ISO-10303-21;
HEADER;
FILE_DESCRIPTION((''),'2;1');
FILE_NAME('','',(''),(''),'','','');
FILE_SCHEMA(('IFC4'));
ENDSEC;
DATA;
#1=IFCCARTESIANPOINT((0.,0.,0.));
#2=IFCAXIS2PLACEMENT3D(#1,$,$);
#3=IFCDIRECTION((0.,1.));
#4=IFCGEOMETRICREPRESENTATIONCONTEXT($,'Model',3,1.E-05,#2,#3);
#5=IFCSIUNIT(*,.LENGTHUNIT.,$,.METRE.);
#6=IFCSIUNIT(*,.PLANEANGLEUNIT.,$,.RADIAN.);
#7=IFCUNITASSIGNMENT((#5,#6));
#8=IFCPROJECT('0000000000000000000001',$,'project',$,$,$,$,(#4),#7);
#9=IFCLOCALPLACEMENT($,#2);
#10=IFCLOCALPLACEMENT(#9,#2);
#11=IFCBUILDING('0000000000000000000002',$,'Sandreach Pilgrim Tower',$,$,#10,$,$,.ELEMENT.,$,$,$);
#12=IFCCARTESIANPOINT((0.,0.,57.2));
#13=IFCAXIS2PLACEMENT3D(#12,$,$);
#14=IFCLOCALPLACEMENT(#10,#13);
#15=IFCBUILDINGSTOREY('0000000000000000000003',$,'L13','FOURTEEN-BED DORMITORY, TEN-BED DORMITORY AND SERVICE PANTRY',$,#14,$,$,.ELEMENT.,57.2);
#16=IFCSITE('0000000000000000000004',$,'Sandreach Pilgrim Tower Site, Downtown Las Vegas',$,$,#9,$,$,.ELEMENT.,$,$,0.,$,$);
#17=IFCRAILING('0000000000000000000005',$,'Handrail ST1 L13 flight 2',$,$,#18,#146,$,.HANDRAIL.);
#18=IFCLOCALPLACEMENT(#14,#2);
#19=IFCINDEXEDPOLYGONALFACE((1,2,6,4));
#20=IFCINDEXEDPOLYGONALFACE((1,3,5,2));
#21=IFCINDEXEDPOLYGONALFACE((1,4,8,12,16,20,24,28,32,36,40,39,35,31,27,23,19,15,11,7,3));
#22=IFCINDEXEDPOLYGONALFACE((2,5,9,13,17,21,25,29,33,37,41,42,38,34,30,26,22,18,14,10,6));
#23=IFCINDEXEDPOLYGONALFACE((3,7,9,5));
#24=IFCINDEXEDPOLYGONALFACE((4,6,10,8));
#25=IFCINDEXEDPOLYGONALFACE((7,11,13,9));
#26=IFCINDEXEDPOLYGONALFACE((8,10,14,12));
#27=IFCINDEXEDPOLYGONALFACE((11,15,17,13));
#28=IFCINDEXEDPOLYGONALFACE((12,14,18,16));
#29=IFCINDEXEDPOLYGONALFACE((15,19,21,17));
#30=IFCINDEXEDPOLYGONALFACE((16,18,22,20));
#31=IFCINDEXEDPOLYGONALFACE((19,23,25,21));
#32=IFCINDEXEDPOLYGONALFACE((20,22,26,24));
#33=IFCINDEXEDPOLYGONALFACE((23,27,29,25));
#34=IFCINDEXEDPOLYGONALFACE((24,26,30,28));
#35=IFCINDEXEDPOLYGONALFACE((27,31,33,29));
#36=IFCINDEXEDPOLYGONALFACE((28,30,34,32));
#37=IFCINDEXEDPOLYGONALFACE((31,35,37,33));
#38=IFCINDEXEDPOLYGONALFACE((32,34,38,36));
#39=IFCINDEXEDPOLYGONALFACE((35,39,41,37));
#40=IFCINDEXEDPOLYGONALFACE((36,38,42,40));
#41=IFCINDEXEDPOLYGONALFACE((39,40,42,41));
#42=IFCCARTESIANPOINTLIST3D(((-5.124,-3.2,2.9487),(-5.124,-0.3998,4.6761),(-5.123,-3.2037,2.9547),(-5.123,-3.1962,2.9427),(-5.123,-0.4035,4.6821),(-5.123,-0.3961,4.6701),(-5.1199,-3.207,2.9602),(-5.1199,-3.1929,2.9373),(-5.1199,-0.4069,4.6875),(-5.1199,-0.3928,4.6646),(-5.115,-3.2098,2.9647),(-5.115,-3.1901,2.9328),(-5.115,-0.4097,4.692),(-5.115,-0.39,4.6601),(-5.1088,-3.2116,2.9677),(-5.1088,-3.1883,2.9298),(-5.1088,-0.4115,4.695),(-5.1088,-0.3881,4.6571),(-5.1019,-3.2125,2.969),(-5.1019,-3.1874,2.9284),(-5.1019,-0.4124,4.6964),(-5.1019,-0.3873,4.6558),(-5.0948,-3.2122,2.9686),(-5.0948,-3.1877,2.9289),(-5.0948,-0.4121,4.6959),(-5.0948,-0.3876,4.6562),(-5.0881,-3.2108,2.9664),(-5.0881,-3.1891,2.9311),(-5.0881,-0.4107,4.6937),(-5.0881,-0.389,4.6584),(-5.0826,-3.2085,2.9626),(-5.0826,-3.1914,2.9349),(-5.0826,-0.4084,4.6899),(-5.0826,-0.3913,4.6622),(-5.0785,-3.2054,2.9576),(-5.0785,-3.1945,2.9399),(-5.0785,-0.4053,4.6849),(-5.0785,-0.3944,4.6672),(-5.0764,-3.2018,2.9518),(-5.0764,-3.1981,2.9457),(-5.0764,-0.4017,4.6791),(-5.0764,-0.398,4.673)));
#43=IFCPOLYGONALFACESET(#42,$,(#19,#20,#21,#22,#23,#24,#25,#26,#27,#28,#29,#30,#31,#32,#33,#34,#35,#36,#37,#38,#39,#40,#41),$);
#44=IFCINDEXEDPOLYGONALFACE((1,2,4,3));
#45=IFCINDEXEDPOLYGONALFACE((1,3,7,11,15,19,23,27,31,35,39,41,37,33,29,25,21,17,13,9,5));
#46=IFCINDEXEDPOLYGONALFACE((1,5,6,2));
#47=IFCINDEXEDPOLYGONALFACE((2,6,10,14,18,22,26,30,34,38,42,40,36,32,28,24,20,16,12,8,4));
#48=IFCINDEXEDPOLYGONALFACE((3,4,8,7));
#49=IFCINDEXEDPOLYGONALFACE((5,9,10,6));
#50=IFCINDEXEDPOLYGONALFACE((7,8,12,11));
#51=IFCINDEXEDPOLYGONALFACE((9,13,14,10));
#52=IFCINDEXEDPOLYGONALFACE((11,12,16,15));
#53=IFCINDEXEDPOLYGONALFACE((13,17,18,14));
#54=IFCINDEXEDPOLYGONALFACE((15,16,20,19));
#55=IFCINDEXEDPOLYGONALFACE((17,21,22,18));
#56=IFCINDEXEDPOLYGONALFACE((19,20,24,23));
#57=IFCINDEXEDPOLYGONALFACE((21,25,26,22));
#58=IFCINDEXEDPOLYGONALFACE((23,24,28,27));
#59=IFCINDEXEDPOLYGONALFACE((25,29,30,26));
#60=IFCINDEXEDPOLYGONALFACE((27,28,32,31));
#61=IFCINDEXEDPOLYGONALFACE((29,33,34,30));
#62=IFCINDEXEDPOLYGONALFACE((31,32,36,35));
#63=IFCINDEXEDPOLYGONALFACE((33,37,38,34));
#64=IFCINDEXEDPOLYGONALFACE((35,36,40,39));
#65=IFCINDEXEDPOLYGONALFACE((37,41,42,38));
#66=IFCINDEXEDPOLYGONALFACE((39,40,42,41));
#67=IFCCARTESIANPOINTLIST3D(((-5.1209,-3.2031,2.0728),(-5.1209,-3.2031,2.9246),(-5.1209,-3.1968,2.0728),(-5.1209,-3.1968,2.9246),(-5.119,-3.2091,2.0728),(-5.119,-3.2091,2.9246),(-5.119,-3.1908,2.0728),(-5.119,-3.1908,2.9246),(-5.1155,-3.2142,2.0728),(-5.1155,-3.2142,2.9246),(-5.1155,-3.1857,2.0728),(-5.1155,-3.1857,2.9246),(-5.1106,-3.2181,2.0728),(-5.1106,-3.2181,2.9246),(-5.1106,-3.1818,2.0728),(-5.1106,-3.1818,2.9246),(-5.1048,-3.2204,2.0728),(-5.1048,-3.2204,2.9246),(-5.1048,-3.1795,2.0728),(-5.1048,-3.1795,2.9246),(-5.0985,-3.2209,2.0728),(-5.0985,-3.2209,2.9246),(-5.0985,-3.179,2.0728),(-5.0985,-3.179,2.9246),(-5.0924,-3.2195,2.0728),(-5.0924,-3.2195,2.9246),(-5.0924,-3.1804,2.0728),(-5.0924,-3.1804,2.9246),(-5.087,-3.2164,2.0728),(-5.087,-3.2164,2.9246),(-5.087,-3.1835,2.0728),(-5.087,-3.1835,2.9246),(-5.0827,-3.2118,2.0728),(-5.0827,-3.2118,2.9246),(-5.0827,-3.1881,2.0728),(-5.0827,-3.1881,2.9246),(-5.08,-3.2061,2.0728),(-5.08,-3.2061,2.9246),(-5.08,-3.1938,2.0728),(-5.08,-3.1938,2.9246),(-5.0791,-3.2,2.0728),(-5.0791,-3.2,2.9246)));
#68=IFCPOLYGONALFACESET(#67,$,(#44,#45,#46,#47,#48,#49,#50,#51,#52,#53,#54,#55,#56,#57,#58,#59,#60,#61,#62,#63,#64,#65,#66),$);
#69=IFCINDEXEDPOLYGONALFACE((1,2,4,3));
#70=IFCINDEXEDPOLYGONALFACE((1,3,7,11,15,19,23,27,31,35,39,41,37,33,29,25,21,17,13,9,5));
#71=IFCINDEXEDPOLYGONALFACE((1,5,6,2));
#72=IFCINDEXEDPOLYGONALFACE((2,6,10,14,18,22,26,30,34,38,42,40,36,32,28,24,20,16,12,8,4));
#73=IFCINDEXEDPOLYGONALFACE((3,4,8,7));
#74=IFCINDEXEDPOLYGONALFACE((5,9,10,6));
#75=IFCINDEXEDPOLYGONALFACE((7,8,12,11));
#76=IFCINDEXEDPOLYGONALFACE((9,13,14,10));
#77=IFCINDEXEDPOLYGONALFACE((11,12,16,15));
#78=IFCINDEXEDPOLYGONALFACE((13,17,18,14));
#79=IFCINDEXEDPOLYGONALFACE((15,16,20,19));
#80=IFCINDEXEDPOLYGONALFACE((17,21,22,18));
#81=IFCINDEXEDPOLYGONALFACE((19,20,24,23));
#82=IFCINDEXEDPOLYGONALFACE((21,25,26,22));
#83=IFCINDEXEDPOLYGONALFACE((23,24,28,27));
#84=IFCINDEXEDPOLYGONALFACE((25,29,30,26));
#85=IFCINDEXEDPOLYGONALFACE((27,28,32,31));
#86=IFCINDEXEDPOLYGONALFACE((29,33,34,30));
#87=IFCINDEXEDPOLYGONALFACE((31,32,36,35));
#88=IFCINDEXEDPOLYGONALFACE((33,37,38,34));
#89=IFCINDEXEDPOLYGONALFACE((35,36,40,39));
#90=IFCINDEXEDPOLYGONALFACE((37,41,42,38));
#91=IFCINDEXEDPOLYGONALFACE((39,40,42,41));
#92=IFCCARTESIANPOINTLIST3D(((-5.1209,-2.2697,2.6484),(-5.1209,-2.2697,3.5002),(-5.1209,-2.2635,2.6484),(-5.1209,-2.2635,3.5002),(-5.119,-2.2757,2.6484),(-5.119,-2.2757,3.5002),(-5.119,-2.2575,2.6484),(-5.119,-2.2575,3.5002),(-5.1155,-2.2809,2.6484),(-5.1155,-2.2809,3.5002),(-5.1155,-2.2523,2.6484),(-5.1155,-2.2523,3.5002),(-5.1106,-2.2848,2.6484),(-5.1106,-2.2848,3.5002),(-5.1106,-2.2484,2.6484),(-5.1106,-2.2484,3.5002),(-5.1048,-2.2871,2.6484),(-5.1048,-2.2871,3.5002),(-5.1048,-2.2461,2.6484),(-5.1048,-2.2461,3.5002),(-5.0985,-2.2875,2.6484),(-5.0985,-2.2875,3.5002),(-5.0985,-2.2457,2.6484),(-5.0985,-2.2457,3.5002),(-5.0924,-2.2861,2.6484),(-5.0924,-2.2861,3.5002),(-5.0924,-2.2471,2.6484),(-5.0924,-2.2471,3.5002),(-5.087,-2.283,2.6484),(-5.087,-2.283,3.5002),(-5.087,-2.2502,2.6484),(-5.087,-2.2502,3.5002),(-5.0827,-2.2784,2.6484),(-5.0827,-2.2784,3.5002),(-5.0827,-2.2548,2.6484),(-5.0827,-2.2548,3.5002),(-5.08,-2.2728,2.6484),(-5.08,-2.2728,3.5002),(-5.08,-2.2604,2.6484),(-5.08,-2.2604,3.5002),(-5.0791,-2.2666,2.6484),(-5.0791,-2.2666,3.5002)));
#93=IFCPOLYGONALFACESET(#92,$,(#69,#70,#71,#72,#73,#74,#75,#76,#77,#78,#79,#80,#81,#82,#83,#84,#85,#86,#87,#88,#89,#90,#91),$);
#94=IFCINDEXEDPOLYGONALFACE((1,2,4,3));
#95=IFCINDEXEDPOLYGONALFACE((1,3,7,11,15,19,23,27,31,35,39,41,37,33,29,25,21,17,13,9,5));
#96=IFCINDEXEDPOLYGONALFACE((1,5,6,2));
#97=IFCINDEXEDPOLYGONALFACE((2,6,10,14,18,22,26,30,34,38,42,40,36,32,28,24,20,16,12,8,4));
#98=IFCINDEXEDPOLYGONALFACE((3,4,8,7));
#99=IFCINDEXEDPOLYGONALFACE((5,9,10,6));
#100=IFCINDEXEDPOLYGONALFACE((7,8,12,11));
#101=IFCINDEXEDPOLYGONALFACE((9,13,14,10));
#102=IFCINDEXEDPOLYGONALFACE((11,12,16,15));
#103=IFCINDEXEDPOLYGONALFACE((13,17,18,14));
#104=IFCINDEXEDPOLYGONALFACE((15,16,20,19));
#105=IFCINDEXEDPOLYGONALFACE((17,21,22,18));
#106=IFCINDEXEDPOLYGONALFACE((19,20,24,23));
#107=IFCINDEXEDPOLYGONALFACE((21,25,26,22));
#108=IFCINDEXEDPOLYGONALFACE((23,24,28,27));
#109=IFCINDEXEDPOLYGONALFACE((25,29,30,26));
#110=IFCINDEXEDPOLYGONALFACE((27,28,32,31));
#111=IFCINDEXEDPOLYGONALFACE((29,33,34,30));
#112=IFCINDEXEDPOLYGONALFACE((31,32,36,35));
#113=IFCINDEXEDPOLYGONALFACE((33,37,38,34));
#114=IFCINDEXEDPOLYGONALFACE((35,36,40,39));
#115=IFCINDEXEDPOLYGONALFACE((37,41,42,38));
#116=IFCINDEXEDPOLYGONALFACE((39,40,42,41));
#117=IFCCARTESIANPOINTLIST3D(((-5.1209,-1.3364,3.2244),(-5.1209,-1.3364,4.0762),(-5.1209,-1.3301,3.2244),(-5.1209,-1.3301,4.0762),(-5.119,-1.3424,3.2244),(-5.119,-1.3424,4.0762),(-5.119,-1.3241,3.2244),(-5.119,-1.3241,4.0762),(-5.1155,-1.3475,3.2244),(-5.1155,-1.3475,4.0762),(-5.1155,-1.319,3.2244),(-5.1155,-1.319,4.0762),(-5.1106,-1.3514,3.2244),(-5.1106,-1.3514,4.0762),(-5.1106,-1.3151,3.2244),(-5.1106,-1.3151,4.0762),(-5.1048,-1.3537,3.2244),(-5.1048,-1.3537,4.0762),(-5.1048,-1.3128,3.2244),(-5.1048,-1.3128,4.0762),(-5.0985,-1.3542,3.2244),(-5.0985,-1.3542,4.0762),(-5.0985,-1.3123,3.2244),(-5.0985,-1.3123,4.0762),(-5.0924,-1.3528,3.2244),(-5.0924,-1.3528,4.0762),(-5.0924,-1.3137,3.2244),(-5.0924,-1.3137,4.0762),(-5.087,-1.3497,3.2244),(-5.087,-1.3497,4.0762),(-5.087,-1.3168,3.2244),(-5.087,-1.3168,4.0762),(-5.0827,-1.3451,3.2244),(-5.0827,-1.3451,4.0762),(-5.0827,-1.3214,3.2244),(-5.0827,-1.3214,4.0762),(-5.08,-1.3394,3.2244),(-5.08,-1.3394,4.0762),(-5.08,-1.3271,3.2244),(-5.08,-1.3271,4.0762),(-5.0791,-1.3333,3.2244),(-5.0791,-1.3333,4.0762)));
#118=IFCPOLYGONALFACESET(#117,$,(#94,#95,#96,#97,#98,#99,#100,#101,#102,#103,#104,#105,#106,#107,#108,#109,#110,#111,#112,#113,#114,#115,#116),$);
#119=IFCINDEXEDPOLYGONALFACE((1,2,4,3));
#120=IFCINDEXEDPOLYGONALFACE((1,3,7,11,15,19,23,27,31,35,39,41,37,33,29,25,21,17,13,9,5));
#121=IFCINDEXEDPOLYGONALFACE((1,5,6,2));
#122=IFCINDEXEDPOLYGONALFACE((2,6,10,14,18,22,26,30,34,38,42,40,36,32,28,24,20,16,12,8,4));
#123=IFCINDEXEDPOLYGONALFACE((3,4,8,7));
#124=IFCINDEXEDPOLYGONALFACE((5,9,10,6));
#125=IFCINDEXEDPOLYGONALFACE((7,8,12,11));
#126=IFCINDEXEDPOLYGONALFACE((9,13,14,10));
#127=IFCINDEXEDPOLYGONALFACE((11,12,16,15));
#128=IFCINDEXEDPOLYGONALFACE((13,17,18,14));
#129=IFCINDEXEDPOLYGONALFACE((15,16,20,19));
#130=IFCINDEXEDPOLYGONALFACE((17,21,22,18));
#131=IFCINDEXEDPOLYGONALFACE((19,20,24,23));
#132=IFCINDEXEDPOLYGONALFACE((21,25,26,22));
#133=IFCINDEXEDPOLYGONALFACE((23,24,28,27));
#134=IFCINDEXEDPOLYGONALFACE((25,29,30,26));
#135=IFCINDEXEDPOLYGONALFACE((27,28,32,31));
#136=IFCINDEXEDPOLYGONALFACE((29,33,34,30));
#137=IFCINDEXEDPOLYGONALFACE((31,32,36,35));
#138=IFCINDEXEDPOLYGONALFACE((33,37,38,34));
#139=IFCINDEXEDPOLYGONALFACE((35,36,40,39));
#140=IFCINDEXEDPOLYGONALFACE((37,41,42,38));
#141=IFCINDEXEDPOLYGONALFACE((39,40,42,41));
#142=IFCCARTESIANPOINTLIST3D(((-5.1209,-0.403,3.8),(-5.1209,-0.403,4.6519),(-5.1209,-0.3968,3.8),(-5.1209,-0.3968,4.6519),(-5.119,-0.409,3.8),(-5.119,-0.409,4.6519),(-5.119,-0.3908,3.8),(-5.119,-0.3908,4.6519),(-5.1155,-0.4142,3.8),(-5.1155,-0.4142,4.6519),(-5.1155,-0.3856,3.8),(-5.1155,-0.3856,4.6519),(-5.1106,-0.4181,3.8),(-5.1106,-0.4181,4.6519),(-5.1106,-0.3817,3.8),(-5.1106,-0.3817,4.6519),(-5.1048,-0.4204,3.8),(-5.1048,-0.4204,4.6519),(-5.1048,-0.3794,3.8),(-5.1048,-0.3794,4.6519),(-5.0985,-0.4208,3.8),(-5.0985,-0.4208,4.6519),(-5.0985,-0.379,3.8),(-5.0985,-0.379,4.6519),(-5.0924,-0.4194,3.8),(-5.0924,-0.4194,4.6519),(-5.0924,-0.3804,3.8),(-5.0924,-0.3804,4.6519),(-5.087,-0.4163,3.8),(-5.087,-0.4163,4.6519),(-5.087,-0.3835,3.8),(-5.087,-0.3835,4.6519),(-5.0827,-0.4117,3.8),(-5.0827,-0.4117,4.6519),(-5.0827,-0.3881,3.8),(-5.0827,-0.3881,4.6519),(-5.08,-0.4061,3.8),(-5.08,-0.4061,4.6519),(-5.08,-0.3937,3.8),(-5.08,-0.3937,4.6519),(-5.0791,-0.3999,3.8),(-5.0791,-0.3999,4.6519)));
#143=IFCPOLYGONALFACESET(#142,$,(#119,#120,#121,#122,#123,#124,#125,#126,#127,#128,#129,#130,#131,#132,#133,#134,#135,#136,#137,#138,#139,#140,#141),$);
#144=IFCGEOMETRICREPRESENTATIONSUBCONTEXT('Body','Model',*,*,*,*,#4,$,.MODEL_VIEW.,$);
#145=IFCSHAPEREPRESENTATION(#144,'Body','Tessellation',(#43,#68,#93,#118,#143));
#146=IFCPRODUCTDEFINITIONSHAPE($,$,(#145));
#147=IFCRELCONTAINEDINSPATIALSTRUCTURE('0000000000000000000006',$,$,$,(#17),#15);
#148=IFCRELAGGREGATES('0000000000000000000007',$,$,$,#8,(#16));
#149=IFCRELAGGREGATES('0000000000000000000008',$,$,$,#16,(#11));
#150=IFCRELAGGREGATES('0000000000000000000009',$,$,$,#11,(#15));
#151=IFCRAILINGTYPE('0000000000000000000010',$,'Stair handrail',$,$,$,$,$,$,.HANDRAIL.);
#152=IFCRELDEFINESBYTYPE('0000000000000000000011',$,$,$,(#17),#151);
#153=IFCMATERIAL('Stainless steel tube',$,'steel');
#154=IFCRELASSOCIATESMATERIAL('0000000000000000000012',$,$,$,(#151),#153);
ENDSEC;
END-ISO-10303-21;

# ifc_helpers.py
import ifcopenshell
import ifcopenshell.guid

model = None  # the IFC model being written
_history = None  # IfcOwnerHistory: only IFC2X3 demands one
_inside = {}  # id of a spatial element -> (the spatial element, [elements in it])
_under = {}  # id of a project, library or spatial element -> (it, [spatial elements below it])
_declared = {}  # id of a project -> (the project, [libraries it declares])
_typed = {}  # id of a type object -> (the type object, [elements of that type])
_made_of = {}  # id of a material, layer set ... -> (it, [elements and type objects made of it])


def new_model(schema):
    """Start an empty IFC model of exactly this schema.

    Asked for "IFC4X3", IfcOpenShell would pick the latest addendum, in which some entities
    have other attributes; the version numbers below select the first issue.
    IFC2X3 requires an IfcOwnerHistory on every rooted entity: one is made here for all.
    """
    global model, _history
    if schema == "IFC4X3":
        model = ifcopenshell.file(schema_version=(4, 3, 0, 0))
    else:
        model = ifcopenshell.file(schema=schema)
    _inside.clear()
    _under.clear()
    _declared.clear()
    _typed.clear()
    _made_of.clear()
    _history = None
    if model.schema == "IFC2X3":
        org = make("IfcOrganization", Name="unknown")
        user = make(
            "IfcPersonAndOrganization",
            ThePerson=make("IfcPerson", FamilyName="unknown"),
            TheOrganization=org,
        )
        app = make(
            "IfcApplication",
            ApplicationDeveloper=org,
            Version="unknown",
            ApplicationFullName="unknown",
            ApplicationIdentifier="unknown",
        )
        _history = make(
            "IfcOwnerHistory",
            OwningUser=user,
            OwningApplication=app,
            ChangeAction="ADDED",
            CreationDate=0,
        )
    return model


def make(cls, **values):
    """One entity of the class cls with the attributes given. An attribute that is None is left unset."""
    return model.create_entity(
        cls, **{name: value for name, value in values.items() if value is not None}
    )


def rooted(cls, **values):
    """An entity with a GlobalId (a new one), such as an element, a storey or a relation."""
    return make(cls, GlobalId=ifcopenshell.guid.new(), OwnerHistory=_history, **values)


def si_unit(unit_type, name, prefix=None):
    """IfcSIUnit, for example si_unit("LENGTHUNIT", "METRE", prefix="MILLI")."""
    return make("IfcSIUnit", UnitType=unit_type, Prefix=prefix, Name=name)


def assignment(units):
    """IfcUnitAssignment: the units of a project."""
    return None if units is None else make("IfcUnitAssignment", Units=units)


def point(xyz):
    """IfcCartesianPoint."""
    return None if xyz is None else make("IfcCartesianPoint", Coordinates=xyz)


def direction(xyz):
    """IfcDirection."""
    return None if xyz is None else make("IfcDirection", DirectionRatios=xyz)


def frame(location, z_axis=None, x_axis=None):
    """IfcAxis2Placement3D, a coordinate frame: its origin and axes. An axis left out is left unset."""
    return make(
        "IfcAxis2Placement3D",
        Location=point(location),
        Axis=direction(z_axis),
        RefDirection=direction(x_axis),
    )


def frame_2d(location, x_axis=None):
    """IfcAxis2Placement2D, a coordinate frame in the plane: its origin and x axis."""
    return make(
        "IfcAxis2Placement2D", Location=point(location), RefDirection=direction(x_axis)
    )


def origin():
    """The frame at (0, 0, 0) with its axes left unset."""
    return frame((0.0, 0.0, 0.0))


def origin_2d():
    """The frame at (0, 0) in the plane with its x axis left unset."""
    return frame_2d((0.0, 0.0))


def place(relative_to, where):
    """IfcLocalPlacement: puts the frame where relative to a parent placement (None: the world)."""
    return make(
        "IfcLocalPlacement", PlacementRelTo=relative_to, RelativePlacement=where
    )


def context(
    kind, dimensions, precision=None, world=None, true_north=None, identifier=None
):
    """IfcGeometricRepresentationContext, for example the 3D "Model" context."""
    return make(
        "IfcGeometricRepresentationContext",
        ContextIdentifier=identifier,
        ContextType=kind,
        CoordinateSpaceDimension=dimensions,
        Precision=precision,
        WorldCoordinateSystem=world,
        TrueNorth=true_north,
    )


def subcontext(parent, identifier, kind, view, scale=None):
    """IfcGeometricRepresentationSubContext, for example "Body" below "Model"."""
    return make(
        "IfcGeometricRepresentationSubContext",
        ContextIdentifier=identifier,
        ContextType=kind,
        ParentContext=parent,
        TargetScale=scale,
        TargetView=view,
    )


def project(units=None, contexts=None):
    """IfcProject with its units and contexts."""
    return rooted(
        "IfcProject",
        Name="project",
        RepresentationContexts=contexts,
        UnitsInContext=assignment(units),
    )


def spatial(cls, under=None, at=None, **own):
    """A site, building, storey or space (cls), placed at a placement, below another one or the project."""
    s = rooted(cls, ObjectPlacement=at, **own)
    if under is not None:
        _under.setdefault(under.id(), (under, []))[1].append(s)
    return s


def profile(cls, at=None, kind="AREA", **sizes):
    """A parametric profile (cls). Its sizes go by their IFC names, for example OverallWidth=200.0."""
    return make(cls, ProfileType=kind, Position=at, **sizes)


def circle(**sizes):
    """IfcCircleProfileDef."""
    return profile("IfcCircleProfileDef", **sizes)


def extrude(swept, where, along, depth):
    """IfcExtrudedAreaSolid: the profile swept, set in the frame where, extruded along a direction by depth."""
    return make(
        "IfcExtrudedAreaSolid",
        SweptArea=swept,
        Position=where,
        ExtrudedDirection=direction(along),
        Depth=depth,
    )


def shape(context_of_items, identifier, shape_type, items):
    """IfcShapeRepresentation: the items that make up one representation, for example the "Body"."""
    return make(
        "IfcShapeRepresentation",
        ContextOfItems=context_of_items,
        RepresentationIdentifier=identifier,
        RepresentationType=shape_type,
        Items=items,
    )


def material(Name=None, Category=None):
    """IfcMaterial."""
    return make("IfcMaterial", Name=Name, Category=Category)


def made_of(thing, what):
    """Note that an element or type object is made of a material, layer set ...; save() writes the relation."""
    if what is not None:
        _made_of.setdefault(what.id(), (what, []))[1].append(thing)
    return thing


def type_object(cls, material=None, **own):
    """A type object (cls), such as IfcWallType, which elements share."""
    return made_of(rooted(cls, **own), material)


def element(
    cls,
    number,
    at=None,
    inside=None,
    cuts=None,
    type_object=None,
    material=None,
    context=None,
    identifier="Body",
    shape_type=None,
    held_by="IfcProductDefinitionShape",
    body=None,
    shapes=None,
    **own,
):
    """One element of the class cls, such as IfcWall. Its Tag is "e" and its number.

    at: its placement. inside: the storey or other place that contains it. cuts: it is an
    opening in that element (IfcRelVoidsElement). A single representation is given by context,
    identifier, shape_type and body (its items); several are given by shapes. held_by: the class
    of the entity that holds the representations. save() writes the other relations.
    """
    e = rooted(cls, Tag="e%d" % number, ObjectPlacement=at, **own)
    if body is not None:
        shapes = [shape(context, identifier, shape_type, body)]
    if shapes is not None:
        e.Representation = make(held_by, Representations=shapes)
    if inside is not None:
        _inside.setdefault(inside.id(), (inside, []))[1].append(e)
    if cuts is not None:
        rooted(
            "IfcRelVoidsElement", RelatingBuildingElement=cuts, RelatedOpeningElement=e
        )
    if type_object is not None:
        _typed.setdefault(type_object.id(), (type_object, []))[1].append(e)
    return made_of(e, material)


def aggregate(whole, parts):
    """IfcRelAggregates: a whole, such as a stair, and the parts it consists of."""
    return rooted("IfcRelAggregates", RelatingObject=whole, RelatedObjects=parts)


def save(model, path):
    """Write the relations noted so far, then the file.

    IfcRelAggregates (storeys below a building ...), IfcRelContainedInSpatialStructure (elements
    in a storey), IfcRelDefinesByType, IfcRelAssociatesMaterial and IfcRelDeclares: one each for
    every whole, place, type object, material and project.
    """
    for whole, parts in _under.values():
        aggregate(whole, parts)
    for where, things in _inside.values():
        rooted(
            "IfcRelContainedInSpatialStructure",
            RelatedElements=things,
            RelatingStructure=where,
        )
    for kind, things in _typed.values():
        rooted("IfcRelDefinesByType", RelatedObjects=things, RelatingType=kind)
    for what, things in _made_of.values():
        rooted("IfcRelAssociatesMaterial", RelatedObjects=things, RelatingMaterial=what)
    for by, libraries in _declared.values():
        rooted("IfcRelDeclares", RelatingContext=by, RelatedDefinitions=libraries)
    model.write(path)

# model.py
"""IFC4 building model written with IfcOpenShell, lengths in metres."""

from ifc_helpers import new_model, si_unit, direction, frame, origin, origin_2d, place, context, subcontext, project, spatial, circle, extrude, material, type_object, element, save


model = new_model("IFC4")

# Units and contexts
model_context = context("Model", 3, precision=1e-05, world=origin(), true_north=direction((0.0, 1.0)))
body_context = subcontext(model_context, "Body", "Model", "MODEL_VIEW")
ifc_project = project(units=[si_unit("LENGTHUNIT", "METRE"), si_unit("PLANEANGLEUNIT", "RADIAN")], contexts=[model_context])

# Site, building, storey
site_placement = place(None, origin())
site = spatial("IfcSite", under=ifc_project, at=site_placement, Name="Sandreach Pilgrim Tower Site, Downtown Las Vegas", CompositionType="ELEMENT", RefElevation=0.0)
building_placement = place(site_placement, origin())
building = spatial("IfcBuilding", under=site, at=building_placement, Name="Sandreach Pilgrim Tower", CompositionType="ELEMENT")
storey_placement = place(building_placement, frame((0.0, 0.0, 57.2)))
storey = spatial("IfcBuildingStorey", under=building, at=storey_placement, Name="L13", Description="FOURTEEN-BED DORMITORY, TEN-BED DORMITORY AND SERVICE PANTRY", CompositionType="ELEMENT", Elevation=57.2)

# Railing
ifc_material_1 = material(Name="Stainless steel tube", Category="steel")
railing_type = type_object("IfcRailingType", Name="Stair handrail", PredefinedType="HANDRAIL", material=ifc_material_1)
for number, where, name in (
    (1, (-5.1001, -3.2, 2.0728), "Handrail ST1 L13 flight 2"),
):
    element("IfcRailing", number, at=place(storey_placement, frame(where)), inside=storey, type_object=railing_type, Name=name, PredefinedType="HANDRAIL", context=body_context, shape_type="SweptSolid", body=[
        extrude(circle(Radius=0.0239, at=origin_2d()), frame((0.0, 0.0, 0.876), z_axis=(0.0, 0.85109, 0.52502), x_axis=(-1.0, 0.0, 0.0)), (0.0, 0.0, 1.0), 3.29),
        extrude(circle(Radius=0.021, at=origin_2d()), origin(), (0.0, 0.0, 1.0), 0.8518),
        extrude(circle(Radius=0.021, at=origin_2d()), frame((0.0, 0.9333, 0.5757)), (0.0, 0.0, 1.0), 0.8518),
        extrude(circle(Radius=0.021, at=origin_2d()), frame((0.0, 1.8667, 1.1516)), (0.0, 0.0, 1.0), 0.8518),
        extrude(circle(Radius=0.021, at=origin_2d()), frame((0.0, 2.8, 1.7273)), (0.0, 0.0, 1.0), 0.8518),
    ])

save(model, "model.ifc")
